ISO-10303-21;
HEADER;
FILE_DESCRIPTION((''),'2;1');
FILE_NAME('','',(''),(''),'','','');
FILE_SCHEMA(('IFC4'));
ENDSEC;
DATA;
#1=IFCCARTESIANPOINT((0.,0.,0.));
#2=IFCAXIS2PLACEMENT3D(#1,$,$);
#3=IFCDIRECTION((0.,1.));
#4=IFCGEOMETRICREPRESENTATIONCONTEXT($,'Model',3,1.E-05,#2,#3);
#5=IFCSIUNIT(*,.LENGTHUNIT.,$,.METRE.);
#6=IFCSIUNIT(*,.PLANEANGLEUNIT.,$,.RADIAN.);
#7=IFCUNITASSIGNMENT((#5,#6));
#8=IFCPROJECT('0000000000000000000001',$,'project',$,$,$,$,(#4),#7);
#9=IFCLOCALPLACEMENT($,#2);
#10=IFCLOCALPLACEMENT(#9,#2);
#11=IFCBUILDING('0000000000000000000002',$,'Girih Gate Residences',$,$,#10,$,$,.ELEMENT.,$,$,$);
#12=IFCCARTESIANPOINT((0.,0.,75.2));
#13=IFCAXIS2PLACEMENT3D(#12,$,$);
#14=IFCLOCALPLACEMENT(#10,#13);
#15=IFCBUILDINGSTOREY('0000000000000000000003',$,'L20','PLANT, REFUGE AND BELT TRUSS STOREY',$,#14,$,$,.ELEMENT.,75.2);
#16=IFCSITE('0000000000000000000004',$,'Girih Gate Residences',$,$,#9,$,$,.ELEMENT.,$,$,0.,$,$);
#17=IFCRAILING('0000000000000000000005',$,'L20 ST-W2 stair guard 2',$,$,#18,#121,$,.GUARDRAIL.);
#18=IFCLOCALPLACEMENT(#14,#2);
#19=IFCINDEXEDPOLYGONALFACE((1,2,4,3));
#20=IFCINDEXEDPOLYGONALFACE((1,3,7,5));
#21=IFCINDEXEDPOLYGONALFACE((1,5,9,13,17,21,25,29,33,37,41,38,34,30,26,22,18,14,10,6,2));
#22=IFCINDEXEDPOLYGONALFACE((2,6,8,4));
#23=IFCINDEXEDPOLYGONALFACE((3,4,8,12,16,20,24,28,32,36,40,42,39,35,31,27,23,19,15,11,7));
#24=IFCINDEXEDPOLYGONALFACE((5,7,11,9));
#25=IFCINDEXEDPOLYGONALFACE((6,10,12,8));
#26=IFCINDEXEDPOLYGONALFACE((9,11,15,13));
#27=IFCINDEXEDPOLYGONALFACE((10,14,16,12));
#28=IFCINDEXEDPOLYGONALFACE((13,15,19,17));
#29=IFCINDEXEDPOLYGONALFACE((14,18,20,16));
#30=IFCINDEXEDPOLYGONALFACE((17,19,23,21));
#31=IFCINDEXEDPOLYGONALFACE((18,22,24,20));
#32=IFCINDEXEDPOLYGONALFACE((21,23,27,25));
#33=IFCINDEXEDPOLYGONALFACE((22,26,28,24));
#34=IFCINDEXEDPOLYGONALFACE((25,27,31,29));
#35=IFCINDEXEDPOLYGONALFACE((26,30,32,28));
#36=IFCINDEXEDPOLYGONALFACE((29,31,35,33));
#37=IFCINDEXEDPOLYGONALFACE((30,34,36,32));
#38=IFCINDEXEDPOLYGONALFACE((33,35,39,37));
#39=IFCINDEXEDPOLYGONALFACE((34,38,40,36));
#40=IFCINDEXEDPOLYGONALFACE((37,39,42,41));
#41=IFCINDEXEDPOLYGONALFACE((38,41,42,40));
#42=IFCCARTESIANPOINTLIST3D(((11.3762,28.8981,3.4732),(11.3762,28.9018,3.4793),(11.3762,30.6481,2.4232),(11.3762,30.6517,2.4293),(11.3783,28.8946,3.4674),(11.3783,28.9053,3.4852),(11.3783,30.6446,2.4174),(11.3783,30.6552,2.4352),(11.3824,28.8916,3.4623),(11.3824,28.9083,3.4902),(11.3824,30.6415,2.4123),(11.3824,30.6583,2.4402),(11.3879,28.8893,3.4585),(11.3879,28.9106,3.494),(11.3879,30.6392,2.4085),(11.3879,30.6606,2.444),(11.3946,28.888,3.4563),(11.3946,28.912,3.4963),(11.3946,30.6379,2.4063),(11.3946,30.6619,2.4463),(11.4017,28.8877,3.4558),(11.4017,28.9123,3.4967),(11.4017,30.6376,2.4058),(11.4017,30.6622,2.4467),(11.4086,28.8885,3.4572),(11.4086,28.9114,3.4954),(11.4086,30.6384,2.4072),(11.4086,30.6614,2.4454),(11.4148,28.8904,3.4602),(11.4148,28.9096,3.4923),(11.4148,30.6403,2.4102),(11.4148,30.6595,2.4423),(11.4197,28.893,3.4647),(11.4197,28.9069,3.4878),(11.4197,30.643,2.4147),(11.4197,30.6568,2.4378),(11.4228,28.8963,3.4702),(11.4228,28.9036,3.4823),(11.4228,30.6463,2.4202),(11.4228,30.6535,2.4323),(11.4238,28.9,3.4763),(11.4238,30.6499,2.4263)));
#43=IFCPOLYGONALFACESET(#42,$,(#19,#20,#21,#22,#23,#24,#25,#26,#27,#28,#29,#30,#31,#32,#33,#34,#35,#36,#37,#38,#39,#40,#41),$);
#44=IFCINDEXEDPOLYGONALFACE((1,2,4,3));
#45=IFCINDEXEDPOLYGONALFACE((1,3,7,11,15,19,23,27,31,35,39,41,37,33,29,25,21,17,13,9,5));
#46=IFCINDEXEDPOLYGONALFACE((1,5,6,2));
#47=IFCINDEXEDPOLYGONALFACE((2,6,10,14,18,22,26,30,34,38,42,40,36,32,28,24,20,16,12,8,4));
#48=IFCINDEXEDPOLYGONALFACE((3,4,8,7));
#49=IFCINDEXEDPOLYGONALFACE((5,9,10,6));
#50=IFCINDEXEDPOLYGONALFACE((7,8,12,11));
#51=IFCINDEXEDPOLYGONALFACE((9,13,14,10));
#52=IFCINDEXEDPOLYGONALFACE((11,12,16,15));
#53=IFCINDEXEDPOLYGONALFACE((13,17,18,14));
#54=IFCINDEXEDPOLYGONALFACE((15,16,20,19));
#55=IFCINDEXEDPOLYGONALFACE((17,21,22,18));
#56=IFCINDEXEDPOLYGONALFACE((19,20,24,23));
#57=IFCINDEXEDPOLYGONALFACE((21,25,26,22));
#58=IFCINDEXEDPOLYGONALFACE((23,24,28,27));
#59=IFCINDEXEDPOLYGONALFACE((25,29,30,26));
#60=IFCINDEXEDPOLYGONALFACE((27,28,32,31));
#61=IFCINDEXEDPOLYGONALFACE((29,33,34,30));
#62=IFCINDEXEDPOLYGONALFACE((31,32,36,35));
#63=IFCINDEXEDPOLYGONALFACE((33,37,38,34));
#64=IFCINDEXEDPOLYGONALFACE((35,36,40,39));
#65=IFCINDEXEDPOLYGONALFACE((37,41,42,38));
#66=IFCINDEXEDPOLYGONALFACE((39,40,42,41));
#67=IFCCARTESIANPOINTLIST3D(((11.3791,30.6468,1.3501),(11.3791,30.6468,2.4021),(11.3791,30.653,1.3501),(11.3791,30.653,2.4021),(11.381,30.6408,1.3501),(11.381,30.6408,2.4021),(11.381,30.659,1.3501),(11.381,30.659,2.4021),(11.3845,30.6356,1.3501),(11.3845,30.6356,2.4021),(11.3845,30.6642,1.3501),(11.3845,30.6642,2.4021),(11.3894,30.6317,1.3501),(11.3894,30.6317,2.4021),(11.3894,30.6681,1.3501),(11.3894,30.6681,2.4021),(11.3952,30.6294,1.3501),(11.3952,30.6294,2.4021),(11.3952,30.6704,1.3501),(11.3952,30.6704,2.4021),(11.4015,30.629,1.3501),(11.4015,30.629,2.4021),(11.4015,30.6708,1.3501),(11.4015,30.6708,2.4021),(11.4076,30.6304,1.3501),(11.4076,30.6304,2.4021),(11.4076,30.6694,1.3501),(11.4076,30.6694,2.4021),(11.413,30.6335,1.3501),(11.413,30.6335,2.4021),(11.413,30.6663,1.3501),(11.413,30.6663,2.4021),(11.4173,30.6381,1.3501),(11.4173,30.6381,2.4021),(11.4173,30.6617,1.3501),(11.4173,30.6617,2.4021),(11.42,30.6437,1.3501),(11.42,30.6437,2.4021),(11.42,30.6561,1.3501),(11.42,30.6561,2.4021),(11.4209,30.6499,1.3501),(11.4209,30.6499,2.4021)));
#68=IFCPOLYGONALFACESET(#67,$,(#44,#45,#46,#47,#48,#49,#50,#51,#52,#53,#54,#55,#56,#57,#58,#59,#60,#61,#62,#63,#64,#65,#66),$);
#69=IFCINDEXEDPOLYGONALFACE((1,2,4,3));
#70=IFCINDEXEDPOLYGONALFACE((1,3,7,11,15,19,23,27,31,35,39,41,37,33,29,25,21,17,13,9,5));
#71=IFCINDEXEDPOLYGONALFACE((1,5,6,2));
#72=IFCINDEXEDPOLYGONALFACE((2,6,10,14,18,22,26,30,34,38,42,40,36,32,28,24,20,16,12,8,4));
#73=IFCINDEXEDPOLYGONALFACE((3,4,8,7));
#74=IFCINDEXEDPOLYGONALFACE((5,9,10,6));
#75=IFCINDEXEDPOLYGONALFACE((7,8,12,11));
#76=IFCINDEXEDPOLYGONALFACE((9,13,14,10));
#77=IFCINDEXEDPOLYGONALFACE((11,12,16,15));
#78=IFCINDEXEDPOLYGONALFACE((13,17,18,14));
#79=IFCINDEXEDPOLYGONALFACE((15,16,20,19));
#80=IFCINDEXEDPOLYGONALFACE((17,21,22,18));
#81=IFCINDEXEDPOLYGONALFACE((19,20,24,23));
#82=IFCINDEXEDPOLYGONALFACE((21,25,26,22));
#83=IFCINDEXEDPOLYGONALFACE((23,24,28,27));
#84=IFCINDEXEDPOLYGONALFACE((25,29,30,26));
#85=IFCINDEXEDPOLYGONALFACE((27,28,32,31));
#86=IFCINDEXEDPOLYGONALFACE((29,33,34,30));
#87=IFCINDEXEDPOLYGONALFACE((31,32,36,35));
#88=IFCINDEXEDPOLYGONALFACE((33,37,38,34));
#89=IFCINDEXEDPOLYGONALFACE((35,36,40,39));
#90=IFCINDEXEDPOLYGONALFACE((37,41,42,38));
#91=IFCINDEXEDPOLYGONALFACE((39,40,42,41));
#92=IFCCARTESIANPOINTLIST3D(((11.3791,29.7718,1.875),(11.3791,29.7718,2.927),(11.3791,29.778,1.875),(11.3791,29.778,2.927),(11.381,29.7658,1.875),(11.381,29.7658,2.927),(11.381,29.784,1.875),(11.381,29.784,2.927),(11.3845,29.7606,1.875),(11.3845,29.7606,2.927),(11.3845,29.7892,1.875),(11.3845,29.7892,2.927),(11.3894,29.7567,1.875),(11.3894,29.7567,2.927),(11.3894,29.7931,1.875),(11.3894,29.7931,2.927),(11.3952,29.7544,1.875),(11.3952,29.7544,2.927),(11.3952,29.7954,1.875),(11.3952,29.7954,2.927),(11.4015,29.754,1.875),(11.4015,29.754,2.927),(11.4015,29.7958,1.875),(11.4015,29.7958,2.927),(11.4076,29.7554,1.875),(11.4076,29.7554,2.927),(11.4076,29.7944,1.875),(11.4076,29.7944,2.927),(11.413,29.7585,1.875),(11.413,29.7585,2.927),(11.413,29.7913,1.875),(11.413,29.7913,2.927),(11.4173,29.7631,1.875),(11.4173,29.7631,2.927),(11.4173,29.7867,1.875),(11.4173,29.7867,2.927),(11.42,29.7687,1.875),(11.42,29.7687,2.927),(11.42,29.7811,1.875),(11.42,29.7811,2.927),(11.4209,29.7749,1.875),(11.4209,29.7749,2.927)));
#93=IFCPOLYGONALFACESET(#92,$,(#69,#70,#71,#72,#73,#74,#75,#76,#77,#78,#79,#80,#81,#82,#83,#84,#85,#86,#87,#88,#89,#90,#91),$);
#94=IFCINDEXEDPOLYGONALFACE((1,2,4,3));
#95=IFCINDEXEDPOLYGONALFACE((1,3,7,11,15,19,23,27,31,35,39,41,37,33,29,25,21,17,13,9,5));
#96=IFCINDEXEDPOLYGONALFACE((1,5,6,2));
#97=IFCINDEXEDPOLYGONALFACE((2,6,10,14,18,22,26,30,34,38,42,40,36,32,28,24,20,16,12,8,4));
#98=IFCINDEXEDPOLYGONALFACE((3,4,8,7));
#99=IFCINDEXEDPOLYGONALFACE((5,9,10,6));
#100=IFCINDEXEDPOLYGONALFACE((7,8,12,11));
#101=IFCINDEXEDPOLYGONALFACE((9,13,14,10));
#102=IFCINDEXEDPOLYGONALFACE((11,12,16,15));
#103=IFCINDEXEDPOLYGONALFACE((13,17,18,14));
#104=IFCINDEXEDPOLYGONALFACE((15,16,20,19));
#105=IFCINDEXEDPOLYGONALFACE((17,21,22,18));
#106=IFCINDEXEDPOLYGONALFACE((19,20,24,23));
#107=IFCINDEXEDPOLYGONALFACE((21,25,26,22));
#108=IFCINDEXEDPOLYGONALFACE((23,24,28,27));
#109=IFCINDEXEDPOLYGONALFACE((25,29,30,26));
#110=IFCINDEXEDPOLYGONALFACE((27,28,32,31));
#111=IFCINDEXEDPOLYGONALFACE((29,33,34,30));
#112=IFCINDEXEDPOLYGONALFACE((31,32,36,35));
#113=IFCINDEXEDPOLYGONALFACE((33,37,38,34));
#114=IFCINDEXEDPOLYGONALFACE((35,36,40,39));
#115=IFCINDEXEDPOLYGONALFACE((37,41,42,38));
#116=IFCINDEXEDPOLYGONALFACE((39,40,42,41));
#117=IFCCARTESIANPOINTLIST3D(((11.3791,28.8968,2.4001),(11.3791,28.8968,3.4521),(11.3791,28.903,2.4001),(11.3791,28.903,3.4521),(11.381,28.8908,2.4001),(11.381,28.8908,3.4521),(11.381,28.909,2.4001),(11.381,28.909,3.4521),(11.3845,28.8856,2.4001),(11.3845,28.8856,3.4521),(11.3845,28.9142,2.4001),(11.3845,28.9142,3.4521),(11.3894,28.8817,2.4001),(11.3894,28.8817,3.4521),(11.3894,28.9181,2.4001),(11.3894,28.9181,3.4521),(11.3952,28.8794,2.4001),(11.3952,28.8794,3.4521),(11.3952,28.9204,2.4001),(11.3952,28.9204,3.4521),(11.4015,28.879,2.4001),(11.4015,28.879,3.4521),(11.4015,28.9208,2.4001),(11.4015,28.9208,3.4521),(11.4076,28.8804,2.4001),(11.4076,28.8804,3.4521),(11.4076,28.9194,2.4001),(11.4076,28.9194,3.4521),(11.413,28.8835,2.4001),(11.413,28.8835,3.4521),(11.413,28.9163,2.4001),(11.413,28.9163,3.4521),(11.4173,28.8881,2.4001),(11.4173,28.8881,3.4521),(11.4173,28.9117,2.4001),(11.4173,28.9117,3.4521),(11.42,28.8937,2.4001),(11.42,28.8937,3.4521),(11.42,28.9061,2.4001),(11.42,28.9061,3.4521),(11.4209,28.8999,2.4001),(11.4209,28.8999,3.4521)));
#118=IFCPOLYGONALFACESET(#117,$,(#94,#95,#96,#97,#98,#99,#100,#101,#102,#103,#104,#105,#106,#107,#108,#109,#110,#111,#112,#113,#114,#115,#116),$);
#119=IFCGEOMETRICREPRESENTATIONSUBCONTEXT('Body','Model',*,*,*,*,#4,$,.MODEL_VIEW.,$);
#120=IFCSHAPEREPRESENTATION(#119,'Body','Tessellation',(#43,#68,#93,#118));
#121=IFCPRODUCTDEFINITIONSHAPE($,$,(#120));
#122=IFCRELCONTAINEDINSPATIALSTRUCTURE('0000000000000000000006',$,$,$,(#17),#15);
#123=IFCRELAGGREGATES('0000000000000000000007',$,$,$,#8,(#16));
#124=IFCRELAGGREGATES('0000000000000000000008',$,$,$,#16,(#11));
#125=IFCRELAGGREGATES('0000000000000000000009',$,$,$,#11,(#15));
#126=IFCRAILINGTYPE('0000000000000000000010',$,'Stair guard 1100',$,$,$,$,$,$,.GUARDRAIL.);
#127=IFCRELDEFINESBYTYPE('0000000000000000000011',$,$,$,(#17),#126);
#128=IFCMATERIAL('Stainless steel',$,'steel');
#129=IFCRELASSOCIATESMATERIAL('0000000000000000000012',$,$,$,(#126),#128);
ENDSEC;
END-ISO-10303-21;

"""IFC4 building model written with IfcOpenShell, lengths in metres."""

from ifc_helpers import new_model, si_unit, direction, frame, origin, origin_2d, place, context, subcontext, project, spatial, circle, extrude, material, type_object, element, save


model = new_model("IFC4")

# Units and contexts
model_context = context("Model", 3, precision=1e-05, world=origin(), true_north=direction((0.0, 1.0)))
body_context = subcontext(model_context, "Body", "Model", "MODEL_VIEW")
ifc_project = project(units=[si_unit("LENGTHUNIT", "METRE"), si_unit("PLANEANGLEUNIT", "RADIAN")], contexts=[model_context])

# Site, building, storey
site_placement = place(None, origin())
site = spatial("IfcSite", under=ifc_project, at=site_placement, Name="Girih Gate Residences", CompositionType="ELEMENT", RefElevation=0.0)
building_placement = place(site_placement, origin())
building = spatial("IfcBuilding", under=site, at=building_placement, Name="Girih Gate Residences", CompositionType="ELEMENT")
storey_placement = place(building_placement, frame((0.0, 0.0, 75.2)))
storey = spatial("IfcBuildingStorey", under=building, at=storey_placement, Name="L20", Description="PLANT, REFUGE AND BELT TRUSS STOREY", CompositionType="ELEMENT", Elevation=75.2)

# Railing
ifc_material_1 = material(Name="Stainless steel", Category="steel")
railing_type_1 = type_object("IfcRailingType", Name="Stair guard 1100", PredefinedType="GUARDRAIL", material=ifc_material_1)
railing_1_placement = place(storey_placement, frame((11.3999, 30.6499, 1.3501)))
element("IfcRailing", 1, at=railing_1_placement, inside=storey, type_object=railing_type_1, Name="L20 ST-W2 stair guard 2", PredefinedType="GUARDRAIL", context=body_context, shape_type="SweptSolid", body=[
    extrude(circle(Radius=0.0239, at=origin_2d()), frame((0.0, 0.0, 1.0762), z_axis=(0.0, -0.857482, 0.514513), x_axis=(1.0, 0.0, 0.0)), (0.0, 0.0, 1.0), 2.0408),
    extrude(circle(Radius=0.021, at=origin_2d()), origin(), (0.0, 0.0, 1.0), 1.052),
    extrude(circle(Radius=0.021, at=origin_2d()), frame((0.0, -0.875, 0.5249)), (0.0, 0.0, 1.0), 1.052),
    extrude(circle(Radius=0.021, at=origin_2d()), frame((0.0, -1.75, 1.05)), (0.0, 0.0, 1.0), 1.052),
])

save(model, "model.ifc")
